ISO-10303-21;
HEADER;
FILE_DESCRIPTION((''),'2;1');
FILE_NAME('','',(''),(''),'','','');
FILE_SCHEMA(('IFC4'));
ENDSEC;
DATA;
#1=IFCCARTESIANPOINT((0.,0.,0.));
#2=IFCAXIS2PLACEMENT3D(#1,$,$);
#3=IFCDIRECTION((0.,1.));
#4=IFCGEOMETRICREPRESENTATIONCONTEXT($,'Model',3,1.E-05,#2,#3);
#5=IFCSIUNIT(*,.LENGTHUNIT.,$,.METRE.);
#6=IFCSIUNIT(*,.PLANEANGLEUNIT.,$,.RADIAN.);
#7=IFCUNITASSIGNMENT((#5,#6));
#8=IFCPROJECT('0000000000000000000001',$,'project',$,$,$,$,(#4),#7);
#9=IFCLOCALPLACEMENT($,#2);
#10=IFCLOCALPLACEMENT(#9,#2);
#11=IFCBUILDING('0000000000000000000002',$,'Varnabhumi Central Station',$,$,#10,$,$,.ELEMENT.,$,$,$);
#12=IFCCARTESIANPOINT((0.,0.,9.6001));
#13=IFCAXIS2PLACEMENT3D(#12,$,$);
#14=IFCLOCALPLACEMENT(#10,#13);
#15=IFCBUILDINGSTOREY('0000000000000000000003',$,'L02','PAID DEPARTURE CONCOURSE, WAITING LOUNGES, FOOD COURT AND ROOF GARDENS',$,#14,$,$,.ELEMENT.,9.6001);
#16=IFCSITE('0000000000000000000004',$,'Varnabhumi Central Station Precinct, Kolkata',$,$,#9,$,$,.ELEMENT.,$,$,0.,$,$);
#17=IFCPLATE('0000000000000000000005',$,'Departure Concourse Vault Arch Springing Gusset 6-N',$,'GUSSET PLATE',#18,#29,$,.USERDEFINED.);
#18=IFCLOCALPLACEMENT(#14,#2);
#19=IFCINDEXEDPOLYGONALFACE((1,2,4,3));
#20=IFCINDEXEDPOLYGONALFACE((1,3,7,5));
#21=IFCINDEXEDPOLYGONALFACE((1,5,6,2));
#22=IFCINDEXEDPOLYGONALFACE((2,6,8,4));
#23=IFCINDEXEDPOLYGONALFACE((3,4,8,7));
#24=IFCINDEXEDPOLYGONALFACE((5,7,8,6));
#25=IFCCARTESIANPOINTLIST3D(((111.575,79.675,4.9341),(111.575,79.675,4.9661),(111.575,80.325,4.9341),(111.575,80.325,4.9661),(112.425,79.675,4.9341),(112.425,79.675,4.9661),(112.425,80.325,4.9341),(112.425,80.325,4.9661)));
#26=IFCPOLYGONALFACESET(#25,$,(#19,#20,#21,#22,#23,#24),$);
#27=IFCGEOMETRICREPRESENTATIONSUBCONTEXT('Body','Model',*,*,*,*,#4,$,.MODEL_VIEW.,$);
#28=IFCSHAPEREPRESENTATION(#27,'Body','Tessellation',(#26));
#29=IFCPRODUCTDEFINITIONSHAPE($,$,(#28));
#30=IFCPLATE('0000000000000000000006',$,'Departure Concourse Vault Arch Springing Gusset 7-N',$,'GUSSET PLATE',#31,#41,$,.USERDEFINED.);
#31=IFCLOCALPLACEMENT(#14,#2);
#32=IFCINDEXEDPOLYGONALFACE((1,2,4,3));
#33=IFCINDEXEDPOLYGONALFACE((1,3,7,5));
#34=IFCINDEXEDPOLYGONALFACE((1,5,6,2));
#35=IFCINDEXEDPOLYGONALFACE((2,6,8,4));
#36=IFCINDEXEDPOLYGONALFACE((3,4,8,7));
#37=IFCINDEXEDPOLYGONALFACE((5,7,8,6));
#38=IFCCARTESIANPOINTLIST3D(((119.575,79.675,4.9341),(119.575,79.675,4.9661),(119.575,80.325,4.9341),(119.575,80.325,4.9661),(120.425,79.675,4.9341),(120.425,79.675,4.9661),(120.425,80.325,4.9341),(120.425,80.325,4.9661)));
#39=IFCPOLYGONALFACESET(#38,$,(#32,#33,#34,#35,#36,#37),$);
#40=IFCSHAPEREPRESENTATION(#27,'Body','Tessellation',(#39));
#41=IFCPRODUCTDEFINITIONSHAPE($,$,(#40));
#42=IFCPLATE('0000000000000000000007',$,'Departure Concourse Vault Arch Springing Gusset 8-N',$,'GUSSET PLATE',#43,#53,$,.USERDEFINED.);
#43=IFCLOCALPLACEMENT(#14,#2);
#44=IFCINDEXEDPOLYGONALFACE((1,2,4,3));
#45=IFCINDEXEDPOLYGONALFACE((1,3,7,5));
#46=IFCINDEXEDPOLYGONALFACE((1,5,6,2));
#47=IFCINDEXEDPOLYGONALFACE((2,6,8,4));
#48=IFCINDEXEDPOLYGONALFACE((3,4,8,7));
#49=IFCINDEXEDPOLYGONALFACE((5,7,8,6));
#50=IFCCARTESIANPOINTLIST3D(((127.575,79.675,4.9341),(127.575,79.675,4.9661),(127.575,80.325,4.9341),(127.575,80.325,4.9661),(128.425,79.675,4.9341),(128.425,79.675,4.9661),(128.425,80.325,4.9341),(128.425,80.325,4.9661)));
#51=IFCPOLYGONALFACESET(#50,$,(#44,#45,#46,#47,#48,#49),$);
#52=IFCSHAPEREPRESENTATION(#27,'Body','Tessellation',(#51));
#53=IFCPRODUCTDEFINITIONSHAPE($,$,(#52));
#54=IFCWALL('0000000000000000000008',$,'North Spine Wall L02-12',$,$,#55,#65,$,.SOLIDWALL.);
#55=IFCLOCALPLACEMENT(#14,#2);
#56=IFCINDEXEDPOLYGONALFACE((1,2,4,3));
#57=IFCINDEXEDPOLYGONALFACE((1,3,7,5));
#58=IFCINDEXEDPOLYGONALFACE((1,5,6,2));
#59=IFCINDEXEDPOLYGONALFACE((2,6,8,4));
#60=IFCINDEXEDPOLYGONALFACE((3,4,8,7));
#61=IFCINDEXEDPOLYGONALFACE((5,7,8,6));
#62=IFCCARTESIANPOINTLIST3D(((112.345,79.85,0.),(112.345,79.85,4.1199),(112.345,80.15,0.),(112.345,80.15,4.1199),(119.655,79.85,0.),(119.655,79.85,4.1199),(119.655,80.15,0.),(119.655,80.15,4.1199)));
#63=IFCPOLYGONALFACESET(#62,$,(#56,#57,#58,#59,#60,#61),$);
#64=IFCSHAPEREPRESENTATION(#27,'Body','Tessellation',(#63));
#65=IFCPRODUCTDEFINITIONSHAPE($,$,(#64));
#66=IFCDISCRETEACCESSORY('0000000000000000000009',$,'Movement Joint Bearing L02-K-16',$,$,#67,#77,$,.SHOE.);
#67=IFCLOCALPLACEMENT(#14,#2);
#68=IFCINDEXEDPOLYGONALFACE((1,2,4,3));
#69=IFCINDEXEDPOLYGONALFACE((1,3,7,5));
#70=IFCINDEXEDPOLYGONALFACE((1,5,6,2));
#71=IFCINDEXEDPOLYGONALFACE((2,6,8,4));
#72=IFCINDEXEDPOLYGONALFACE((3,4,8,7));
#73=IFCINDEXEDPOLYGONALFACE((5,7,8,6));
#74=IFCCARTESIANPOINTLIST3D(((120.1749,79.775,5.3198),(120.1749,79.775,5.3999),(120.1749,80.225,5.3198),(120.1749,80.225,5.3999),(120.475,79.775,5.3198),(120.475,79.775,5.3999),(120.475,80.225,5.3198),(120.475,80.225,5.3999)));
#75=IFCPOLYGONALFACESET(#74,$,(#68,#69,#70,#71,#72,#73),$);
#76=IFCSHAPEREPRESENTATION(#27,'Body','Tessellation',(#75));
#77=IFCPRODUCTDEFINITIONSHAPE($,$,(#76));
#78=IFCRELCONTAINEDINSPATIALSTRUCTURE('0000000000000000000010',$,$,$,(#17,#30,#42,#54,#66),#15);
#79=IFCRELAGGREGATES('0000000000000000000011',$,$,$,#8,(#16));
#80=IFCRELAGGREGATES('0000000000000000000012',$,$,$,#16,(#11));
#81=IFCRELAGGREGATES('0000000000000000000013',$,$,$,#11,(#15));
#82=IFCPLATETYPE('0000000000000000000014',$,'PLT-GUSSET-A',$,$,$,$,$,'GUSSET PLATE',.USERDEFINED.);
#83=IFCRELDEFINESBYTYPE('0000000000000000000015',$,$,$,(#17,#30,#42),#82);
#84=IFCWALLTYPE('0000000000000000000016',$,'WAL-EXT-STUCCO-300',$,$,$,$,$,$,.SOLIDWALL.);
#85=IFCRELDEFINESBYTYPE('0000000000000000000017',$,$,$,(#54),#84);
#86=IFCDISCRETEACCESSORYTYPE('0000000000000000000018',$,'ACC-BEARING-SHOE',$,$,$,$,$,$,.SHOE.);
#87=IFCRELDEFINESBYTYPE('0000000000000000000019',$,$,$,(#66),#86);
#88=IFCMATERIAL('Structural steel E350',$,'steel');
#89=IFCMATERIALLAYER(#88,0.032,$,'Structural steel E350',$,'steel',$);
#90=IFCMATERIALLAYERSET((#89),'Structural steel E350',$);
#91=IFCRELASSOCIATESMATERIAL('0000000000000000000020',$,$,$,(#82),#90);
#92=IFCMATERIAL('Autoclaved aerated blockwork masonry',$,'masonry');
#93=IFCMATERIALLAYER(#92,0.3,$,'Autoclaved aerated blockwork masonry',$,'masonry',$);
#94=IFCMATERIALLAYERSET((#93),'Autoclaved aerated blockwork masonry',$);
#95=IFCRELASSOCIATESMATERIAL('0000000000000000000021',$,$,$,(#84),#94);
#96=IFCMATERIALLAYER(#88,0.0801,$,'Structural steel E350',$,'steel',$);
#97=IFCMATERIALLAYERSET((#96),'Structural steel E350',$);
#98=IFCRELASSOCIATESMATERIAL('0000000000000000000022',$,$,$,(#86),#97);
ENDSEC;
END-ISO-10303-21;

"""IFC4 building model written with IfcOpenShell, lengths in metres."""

from ifc_helpers import new_model, si_unit, direction, frame, frame_2d, origin, origin_2d, place, context, subcontext, project, spatial, rectangle, extrude, material, layer, layer_set, type_object, element, save


model = new_model("IFC4")

# Units and contexts
model_context = context("Model", 3, precision=1e-05, world=origin(), true_north=direction((0.0, 1.0)))
body_context = subcontext(model_context, "Body", "Model", "MODEL_VIEW")
ifc_project = project(units=[si_unit("LENGTHUNIT", "METRE"), si_unit("PLANEANGLEUNIT", "RADIAN")], contexts=[model_context])

# Site, building, storey
site_placement = place(None, origin())
site = spatial("IfcSite", under=ifc_project, at=site_placement, Name="Varnabhumi Central Station Precinct, Kolkata", CompositionType="ELEMENT", RefElevation=0.0)
building_placement = place(site_placement, origin())
building = spatial("IfcBuilding", under=site, at=building_placement, Name="Varnabhumi Central Station", CompositionType="ELEMENT")
storey_placement = place(building_placement, frame((0.0, 0.0, 9.6001)))
storey = spatial("IfcBuildingStorey", under=building, at=storey_placement, Name="L02", Description="PAID DEPARTURE CONCOURSE, WAITING LOUNGES, FOOD COURT AND ROOF GARDENS", CompositionType="ELEMENT", Elevation=9.6001)

# Plates
ifc_material_1 = material(Name="Structural steel E350", Category="steel")
ifc_layer_1 = layer(ifc_material_1, 0.032, Name="Structural steel E350", Category="steel")
ifc_layer_set_1 = layer_set([ifc_layer_1], Name="Structural steel E350")
plate_type_1 = type_object("IfcPlateType", Name="PLT-GUSSET-A", ElementType="GUSSET PLATE", PredefinedType="USERDEFINED", material=ifc_layer_set_1)
for number, where, z_axis, x_axis, name in (
    (1, (112.0, 80.0, 4.9341), (0.0, 0.0, 1.0), (1.0, 0.0, 0.0), "Departure Concourse Vault Arch Springing Gusset 6-N"),
    (2, (120.0, 80.0, 4.9341), (0.0, 0.0, 1.0), (1.0, 0.0, 0.0), "Departure Concourse Vault Arch Springing Gusset 7-N"),
    (3, (128.0, 80.0, 4.9341), (0.0, 0.0, 1.0), (1.0, 0.0, 0.0), "Departure Concourse Vault Arch Springing Gusset 8-N"),
):
    element("IfcPlate", number, at=place(storey_placement, frame(where, z_axis=z_axis, x_axis=x_axis)), inside=storey, type_object=plate_type_1, Name=name, ObjectType="GUSSET PLATE", PredefinedType="USERDEFINED", context=body_context, shape_type="SweptSolid", body=[
        extrude(rectangle(XDim=0.8501, YDim=0.6499, at=origin_2d()), origin(), (0.0, 0.0, 1.0), 0.032),
    ])

# Wall
ifc_material_2 = material(Name="Autoclaved aerated blockwork masonry", Category="masonry")
ifc_layer_2 = layer(ifc_material_2, 0.3, Name="Autoclaved aerated blockwork masonry", Category="masonry")
ifc_layer_set_2 = layer_set([ifc_layer_2], Name="Autoclaved aerated blockwork masonry")
wall_type = type_object("IfcWallType", Name="WAL-EXT-STUCCO-300", PredefinedType="SOLIDWALL", material=ifc_layer_set_2)
wall_placement = place(storey_placement, frame((112.345, 80.0, 0.0), z_axis=(0.0, 0.0, 1.0), x_axis=(1.0, 0.0, 0.0)))
element("IfcWall", 4, at=wall_placement, inside=storey, type_object=wall_type, Name="North Spine Wall L02-12", PredefinedType="SOLIDWALL", context=body_context, shape_type="SweptSolid", body=[
    extrude(rectangle(XDim=7.3101, YDim=0.3, at=frame_2d((3.655, 0.0))), origin(), (0.0, 0.0, 1.0), 4.1199),
])

# Discrete accessory
ifc_layer_3 = layer(ifc_material_1, 0.0801, Name="Structural steel E350", Category="steel")
ifc_layer_set_3 = layer_set([ifc_layer_3], Name="Structural steel E350")
discrete_accessory_type = type_object("IfcDiscreteAccessoryType", Name="ACC-BEARING-SHOE", PredefinedType="SHOE", material=ifc_layer_set_3)
discrete_accessory_placement = place(storey_placement, frame((120.325, 80.0, 5.3198), z_axis=(0.0, 0.0, 1.0), x_axis=(1.0, 0.0, 0.0)))
element("IfcDiscreteAccessory", 5, at=discrete_accessory_placement, inside=storey, type_object=discrete_accessory_type, Name="Movement Joint Bearing L02-K-16", PredefinedType="SHOE", context=body_context, shape_type="SweptSolid", body=[
    extrude(rectangle(XDim=0.3, YDim=0.45, at=origin_2d()), origin(), (0.0, 0.0, 1.0), 0.0801),
])

save(model, "model.ifc")
